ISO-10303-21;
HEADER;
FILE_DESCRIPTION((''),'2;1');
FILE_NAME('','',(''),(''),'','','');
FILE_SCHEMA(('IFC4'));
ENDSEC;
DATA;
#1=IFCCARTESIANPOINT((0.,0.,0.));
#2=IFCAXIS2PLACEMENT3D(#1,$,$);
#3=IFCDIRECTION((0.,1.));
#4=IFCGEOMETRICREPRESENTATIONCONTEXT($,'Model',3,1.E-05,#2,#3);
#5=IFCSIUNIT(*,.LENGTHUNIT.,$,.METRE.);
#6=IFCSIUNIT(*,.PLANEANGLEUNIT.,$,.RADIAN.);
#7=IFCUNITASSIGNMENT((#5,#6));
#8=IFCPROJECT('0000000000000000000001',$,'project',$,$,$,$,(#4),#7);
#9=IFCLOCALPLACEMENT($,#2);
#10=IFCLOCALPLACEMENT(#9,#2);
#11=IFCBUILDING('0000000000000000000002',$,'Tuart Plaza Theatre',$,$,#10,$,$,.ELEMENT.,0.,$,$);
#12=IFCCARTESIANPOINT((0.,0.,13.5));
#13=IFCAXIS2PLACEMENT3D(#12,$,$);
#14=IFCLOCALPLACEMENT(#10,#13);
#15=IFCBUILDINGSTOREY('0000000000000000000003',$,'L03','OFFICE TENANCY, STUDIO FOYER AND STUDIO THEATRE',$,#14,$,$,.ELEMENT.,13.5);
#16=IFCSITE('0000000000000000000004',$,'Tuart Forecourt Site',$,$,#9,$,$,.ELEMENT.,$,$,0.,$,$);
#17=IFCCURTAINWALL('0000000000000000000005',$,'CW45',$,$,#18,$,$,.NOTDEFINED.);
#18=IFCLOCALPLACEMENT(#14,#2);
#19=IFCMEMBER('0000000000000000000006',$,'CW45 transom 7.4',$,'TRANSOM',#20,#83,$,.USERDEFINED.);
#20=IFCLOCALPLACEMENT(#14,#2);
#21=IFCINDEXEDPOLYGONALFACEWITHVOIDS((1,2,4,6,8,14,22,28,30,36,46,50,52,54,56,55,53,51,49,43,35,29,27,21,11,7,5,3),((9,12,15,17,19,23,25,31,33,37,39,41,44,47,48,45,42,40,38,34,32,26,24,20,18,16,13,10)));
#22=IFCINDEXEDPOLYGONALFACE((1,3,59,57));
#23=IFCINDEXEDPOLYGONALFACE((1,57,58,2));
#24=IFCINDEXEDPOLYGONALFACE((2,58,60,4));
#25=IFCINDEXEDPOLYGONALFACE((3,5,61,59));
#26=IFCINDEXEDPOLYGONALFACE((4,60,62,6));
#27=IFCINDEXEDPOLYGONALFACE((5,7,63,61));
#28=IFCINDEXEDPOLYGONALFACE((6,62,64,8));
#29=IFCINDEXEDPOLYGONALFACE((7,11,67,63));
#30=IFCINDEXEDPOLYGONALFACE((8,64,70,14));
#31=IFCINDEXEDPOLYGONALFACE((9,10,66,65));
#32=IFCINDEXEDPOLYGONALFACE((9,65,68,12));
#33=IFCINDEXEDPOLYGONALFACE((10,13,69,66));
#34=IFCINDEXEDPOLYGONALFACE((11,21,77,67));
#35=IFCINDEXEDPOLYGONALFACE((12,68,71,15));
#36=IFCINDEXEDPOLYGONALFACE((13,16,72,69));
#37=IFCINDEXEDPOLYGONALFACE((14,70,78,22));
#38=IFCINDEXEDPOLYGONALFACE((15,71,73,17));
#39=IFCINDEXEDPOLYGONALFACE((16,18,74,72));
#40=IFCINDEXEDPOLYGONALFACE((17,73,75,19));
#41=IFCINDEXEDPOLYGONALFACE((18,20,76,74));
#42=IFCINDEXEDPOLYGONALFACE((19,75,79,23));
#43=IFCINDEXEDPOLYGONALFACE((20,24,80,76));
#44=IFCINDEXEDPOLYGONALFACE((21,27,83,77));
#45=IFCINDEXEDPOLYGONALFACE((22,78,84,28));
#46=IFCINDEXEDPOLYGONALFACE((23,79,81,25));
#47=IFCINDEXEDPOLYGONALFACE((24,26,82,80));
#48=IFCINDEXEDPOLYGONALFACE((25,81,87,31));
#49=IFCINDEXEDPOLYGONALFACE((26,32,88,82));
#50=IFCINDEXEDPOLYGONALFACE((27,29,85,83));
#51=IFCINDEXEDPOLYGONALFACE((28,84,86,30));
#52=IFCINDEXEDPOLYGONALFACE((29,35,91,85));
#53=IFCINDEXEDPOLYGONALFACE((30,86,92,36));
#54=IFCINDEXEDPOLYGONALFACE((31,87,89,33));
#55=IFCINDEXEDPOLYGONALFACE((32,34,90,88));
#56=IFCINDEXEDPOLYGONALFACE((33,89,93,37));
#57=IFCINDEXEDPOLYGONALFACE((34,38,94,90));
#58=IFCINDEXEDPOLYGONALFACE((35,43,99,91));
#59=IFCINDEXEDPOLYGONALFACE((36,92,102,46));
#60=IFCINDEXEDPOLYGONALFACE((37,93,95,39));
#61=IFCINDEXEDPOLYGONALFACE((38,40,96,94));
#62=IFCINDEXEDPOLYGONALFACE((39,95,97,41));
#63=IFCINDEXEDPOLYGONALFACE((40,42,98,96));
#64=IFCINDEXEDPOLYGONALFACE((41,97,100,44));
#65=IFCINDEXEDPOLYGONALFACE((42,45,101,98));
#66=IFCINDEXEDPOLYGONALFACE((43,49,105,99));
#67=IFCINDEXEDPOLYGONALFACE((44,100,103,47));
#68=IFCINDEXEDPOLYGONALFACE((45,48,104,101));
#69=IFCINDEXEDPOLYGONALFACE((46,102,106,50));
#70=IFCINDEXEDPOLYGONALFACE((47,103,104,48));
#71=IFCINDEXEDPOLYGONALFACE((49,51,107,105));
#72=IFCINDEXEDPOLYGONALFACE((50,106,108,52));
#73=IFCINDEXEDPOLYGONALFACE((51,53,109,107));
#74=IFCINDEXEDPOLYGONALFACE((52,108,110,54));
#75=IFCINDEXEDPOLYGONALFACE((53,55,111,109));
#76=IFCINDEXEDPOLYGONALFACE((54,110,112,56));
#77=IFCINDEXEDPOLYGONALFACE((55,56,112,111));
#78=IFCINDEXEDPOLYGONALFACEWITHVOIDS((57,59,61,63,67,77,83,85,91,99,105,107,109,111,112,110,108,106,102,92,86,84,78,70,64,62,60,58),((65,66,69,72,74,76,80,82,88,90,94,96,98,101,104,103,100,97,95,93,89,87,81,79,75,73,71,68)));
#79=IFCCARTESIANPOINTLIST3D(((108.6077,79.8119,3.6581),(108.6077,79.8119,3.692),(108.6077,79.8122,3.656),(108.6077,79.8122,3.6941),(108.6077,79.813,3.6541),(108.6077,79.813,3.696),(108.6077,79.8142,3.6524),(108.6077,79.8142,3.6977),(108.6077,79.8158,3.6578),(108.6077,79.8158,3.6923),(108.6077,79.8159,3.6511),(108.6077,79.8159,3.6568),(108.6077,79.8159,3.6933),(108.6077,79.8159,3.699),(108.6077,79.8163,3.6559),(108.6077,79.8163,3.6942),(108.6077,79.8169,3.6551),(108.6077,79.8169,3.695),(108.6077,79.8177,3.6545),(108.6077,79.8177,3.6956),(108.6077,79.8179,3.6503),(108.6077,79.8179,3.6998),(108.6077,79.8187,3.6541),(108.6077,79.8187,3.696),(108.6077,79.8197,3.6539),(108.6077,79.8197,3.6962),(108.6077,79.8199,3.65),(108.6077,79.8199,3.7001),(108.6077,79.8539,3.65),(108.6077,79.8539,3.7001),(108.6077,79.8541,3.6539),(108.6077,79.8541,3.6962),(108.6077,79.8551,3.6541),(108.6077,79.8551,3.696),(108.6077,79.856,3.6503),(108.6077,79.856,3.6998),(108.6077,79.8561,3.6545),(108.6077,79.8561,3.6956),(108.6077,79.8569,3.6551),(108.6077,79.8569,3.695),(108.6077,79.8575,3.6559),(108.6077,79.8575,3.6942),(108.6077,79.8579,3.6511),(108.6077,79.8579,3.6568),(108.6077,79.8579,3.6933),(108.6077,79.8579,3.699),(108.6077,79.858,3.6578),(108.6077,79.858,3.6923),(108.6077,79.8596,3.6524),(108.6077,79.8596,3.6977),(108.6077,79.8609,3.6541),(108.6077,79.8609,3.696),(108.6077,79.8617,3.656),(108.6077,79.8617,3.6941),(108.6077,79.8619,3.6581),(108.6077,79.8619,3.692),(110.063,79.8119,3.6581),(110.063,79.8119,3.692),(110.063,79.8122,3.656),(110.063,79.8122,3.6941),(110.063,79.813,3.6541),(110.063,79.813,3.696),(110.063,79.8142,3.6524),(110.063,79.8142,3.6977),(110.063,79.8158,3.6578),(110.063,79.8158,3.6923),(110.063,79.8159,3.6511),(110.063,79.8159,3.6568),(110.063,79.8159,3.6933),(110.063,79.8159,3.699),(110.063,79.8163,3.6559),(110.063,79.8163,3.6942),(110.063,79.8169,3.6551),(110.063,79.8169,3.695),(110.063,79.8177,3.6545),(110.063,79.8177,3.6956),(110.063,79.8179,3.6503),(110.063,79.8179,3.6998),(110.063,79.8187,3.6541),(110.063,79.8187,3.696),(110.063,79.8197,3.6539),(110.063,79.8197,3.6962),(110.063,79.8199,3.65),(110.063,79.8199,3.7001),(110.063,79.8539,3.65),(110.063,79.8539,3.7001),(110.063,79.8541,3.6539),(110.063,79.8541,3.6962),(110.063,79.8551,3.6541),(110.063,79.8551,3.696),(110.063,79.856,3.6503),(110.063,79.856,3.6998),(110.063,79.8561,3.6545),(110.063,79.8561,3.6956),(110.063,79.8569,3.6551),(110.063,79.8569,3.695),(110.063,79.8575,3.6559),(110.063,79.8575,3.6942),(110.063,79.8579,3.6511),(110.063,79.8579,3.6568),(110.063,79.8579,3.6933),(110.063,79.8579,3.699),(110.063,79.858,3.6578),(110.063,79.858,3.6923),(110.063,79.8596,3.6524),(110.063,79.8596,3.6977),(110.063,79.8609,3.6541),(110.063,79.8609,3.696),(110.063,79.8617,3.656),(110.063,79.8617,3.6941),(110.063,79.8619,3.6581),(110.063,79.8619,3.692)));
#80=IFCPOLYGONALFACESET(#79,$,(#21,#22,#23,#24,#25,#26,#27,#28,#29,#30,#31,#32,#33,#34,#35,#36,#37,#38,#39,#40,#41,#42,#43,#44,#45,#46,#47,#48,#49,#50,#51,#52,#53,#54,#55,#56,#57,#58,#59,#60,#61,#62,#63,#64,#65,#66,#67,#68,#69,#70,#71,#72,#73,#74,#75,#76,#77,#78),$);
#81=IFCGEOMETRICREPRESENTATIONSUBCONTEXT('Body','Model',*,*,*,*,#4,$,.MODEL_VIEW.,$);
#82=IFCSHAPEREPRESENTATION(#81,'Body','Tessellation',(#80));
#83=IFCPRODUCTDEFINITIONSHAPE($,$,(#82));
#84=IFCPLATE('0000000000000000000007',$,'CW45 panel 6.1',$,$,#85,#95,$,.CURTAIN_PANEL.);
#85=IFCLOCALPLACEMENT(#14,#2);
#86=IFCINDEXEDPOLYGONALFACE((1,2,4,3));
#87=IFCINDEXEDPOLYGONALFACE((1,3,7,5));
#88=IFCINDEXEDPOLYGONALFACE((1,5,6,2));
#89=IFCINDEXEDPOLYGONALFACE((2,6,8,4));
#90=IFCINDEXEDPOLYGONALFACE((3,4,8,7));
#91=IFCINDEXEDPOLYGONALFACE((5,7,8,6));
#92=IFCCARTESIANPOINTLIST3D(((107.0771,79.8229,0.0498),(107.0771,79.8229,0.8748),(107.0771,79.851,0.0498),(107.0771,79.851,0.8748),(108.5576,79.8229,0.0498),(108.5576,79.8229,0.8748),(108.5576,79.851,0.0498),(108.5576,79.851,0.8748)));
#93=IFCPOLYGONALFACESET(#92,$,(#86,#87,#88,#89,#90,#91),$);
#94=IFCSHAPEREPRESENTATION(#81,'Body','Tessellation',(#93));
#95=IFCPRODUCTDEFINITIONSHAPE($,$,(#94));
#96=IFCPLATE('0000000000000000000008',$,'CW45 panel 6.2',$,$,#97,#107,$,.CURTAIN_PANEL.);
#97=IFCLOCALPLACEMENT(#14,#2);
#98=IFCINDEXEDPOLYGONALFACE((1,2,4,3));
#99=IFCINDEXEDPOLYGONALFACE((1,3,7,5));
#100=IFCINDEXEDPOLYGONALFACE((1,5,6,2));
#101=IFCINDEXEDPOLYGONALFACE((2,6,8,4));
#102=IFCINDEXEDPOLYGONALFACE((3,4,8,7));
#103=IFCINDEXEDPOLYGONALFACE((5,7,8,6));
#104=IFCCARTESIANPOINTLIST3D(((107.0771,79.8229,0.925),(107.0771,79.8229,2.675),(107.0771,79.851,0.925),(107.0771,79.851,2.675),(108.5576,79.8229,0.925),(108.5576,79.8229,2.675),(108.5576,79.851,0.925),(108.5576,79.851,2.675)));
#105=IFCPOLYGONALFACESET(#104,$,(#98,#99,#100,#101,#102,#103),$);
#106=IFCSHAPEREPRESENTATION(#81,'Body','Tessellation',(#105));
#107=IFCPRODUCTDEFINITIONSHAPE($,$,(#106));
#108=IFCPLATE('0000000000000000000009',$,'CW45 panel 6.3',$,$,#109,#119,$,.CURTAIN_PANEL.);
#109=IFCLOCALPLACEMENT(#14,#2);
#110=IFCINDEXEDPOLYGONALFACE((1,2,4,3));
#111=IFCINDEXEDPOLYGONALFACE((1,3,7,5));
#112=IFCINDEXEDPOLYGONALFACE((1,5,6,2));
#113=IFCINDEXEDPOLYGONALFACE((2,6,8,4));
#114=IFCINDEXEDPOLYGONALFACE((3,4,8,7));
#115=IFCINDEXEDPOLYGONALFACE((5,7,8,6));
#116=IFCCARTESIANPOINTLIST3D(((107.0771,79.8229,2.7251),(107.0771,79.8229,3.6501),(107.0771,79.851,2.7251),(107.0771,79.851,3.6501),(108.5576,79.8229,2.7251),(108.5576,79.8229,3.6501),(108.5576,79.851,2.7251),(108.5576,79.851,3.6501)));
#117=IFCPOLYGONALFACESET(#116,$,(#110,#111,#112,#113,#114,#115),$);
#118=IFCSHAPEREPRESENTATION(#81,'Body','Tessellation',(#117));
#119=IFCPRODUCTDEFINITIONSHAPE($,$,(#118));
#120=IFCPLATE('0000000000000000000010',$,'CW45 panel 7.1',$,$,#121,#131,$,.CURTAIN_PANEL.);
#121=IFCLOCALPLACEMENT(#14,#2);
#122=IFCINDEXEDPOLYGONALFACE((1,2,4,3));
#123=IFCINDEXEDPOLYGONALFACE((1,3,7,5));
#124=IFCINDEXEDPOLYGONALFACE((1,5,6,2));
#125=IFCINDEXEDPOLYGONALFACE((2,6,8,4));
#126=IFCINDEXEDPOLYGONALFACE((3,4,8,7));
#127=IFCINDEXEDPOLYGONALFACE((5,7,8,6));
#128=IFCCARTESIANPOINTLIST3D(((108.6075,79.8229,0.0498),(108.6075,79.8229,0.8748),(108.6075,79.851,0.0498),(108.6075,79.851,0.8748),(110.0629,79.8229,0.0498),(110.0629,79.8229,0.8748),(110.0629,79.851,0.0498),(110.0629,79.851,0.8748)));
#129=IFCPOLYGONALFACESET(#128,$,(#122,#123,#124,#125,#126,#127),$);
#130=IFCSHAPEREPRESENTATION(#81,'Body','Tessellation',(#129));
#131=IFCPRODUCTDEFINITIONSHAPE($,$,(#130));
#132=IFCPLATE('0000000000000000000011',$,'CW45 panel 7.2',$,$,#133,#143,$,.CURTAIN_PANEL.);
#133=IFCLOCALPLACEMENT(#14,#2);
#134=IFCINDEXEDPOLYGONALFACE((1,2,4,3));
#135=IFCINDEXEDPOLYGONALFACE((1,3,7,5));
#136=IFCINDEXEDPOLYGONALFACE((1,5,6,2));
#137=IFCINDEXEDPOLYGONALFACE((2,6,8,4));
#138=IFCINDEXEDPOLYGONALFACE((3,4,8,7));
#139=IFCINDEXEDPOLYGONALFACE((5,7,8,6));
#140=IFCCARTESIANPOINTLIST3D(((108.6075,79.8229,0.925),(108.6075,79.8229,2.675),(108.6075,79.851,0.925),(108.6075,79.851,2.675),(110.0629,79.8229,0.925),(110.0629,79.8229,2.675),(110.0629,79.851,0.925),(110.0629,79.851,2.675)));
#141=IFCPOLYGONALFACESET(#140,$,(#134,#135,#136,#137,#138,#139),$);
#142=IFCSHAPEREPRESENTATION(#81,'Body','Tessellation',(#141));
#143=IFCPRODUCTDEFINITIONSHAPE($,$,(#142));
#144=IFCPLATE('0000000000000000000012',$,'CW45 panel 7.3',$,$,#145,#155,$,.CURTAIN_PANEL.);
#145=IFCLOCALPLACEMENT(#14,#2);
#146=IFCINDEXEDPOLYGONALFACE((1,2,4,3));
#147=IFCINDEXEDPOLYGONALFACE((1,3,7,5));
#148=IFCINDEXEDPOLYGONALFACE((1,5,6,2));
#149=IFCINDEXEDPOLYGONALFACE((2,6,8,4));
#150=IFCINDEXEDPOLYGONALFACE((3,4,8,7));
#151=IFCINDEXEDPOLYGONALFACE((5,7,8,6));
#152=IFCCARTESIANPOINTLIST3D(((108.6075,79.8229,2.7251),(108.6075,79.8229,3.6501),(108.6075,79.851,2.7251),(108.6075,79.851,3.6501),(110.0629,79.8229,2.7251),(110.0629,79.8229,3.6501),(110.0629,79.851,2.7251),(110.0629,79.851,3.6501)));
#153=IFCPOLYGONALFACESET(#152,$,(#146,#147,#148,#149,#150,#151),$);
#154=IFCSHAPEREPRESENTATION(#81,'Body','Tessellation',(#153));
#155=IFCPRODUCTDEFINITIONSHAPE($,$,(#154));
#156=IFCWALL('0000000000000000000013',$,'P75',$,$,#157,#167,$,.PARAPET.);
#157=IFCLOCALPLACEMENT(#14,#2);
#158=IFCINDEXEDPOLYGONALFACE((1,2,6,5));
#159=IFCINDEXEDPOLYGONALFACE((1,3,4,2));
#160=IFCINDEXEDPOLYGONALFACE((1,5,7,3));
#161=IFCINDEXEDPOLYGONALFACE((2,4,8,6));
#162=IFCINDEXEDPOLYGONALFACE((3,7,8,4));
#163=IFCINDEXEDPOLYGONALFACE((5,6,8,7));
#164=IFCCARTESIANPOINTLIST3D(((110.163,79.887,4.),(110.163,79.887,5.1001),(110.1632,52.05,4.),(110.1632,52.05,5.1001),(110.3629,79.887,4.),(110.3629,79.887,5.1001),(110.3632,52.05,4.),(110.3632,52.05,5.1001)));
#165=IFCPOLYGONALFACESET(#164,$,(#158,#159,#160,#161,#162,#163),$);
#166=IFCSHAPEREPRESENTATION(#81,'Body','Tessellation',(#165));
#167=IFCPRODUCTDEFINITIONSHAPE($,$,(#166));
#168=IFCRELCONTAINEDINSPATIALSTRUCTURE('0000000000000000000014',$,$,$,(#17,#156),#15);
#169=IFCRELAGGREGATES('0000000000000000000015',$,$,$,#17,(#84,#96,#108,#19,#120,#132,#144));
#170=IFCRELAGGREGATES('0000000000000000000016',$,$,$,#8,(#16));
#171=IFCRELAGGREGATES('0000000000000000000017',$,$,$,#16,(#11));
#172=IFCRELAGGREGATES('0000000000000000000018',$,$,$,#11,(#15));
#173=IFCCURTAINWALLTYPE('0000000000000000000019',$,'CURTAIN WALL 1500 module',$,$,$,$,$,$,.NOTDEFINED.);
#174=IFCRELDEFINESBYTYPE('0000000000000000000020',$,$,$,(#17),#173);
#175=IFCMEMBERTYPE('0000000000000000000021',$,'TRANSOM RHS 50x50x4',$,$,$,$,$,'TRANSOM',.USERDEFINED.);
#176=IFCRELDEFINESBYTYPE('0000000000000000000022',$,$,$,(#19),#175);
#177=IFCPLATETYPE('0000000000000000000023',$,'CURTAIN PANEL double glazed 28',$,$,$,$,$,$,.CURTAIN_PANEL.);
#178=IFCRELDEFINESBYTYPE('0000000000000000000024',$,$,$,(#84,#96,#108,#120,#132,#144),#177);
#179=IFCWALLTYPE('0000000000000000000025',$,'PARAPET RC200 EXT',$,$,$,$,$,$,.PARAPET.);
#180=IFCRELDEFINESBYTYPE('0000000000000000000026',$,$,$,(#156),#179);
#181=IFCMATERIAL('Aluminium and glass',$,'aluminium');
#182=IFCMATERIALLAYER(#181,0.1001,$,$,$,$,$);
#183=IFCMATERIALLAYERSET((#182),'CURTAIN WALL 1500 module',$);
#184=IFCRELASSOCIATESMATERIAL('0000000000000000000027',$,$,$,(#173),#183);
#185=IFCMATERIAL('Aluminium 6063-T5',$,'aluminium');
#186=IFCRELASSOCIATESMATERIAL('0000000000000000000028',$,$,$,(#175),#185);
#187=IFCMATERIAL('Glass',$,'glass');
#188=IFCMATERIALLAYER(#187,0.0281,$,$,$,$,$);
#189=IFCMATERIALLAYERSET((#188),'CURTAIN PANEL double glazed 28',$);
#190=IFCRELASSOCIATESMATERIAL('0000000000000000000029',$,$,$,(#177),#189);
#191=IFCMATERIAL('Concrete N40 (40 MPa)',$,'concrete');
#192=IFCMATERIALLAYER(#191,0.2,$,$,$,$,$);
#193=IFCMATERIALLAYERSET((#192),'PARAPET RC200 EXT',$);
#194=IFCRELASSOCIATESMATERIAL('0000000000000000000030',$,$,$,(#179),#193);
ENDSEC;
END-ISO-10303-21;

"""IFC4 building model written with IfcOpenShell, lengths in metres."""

from ifc_helpers import new_model, si_unit, direction, frame, frame_2d, origin, origin_2d, place, context, subcontext, project, spatial, rectangle, hollow_rectangle, extrude, material, layer, layer_set, material_profile, profile_set, type_object, element, aggregate, save


model = new_model("IFC4")

# Units and contexts
model_context = context("Model", 3, precision=1e-05, world=origin(), true_north=direction((0.0, 1.0)))
body_context = subcontext(model_context, "Body", "Model", "MODEL_VIEW")
ifc_project = project(units=[si_unit("LENGTHUNIT", "METRE"), si_unit("PLANEANGLEUNIT", "RADIAN")], contexts=[model_context])

# Site, building, storey
site_placement = place(None, origin())
site = spatial("IfcSite", under=ifc_project, at=site_placement, Name="Tuart Forecourt Site", CompositionType="ELEMENT", RefElevation=0.0)
building_placement = place(site_placement, origin())
building = spatial("IfcBuilding", under=site, at=building_placement, Name="Tuart Plaza Theatre", CompositionType="ELEMENT", ElevationOfRefHeight=0.0)
storey_placement = place(building_placement, frame((0.0, 0.0, 13.5)))
storey = spatial("IfcBuildingStorey", under=building, at=storey_placement, Name="L03", Description="OFFICE TENANCY, STUDIO FOYER AND STUDIO THEATRE", CompositionType="ELEMENT", Elevation=13.5)

# Curtain wall
ifc_material_1 = material(Name="Aluminium and glass", Category="aluminium")
ifc_layer_1 = layer(ifc_material_1, 0.1001)
ifc_layer_set_1 = layer_set([ifc_layer_1], Name="CURTAIN WALL 1500 module")
curtain_wall_type_1 = type_object("IfcCurtainWallType", Name="CURTAIN WALL 1500 module", PredefinedType="NOTDEFINED", material=ifc_layer_set_1)
curtain_wall_1_placement = place(storey_placement, origin())
curtain_wall_1 = element("IfcCurtainWall", 1, at=curtain_wall_1_placement, inside=storey, type_object=curtain_wall_type_1, Name="CW45", PredefinedType="NOTDEFINED")

# Member
ifc_material_2 = material(Name="Aluminium 6063-T5", Category="aluminium")
ifc_material_profile_1 = material_profile(ifc_material_2, hollow_rectangle(XDim=0.05, YDim=0.05, WallThickness=0.0039, InnerFilletRadius=0.0039, OuterFilletRadius=0.0081, at=origin_2d()), Name="RHS 50x50x4")
ifc_profile_set_1 = profile_set([ifc_material_profile_1], Name="Aluminium 6063-T5")
member_type_1 = type_object("IfcMemberType", Name="TRANSOM RHS 50x50x4", ElementType="TRANSOM", PredefinedType="USERDEFINED", material=ifc_profile_set_1)
member_1_placement = place(storey_placement, frame((108.6077, 79.8369, 3.675), z_axis=(1.0, 0.0, 0.0), x_axis=(0.0, 1.0, 0.0)))
member_1 = element("IfcMember", 2, at=member_1_placement, type_object=member_type_1, Name="CW45 transom 7.4", ObjectType="TRANSOM", PredefinedType="USERDEFINED", context=body_context, shape_type="SweptSolid", body=[
    extrude(hollow_rectangle(XDim=0.05, YDim=0.05, WallThickness=0.0039, InnerFilletRadius=0.0039, OuterFilletRadius=0.0081, at=origin_2d()), origin(), (0.0, 0.0, 1.0), 1.4553),
])

# Plates
ifc_material_3 = material(Name="Glass", Category="glass")
ifc_layer_2 = layer(ifc_material_3, 0.0281)
ifc_layer_set_2 = layer_set([ifc_layer_2], Name="CURTAIN PANEL double glazed 28")
plate_type = type_object("IfcPlateType", Name="CURTAIN PANEL double glazed 28", PredefinedType="CURTAIN_PANEL", material=ifc_layer_set_2)
plate_1_placement = place(storey_placement, frame((107.8174, 79.8369, 0.0498), z_axis=(0.0, 0.0, 1.0), x_axis=(1.0, 0.0, 0.0)))
plate_1 = element("IfcPlate", 3, at=plate_1_placement, type_object=plate_type, Name="CW45 panel 6.1", PredefinedType="CURTAIN_PANEL", context=body_context, shape_type="SweptSolid", body=[
    extrude(rectangle(XDim=1.4805, YDim=0.0281, at=origin_2d()), origin(), (0.0, 0.0, 1.0), 0.825),
])
plate_2_placement = place(storey_placement, frame((107.8174, 79.8369, 0.925), z_axis=(0.0, 0.0, 1.0), x_axis=(1.0, 0.0, 0.0)))
plate_2 = element("IfcPlate", 4, at=plate_2_placement, type_object=plate_type, Name="CW45 panel 6.2", PredefinedType="CURTAIN_PANEL", context=body_context, shape_type="SweptSolid", body=[
    extrude(rectangle(XDim=1.4805, YDim=0.0281, at=origin_2d()), origin(), (0.0, 0.0, 1.0), 1.75),
])
plate_3_placement = place(storey_placement, frame((107.8174, 79.8369, 2.7251), z_axis=(0.0, 0.0, 1.0), x_axis=(1.0, 0.0, 0.0)))
plate_3 = element("IfcPlate", 5, at=plate_3_placement, type_object=plate_type, Name="CW45 panel 6.3", PredefinedType="CURTAIN_PANEL", context=body_context, shape_type="SweptSolid", body=[
    extrude(rectangle(XDim=1.4805, YDim=0.0281, at=origin_2d()), origin(), (0.0, 0.0, 1.0), 0.925),
])
plate_4_placement = place(storey_placement, frame((109.3352, 79.8369, 0.0498), z_axis=(0.0, 0.0, 1.0), x_axis=(1.0, 0.0, 0.0)))
plate_4 = element("IfcPlate", 6, at=plate_4_placement, type_object=plate_type, Name="CW45 panel 7.1", PredefinedType="CURTAIN_PANEL", context=body_context, shape_type="SweptSolid", body=[
    extrude(rectangle(XDim=1.4553, YDim=0.0281, at=origin_2d()), origin(), (0.0, 0.0, 1.0), 0.825),
])
plate_5_placement = place(storey_placement, frame((109.3352, 79.8369, 0.925), z_axis=(0.0, 0.0, 1.0), x_axis=(1.0, 0.0, 0.0)))
plate_5 = element("IfcPlate", 7, at=plate_5_placement, type_object=plate_type, Name="CW45 panel 7.2", PredefinedType="CURTAIN_PANEL", context=body_context, shape_type="SweptSolid", body=[
    extrude(rectangle(XDim=1.4553, YDim=0.0281, at=origin_2d()), origin(), (0.0, 0.0, 1.0), 1.75),
])
plate_6_placement = place(storey_placement, frame((109.3352, 79.8369, 2.7251), z_axis=(0.0, 0.0, 1.0), x_axis=(1.0, 0.0, 0.0)))
plate_6 = element("IfcPlate", 8, at=plate_6_placement, type_object=plate_type, Name="CW45 panel 7.3", PredefinedType="CURTAIN_PANEL", context=body_context, shape_type="SweptSolid", body=[
    extrude(rectangle(XDim=1.4553, YDim=0.0281, at=origin_2d()), origin(), (0.0, 0.0, 1.0), 0.925),
])
aggregate(curtain_wall_1, [plate_1, plate_2, plate_3, member_1, plate_4, plate_5, plate_6])

# Wall
ifc_material_4 = material(Name="Concrete N40 (40 MPa)", Category="concrete")
ifc_layer_3 = layer(ifc_material_4, 0.2)
ifc_layer_set_3 = layer_set([ifc_layer_3], Name="PARAPET RC200 EXT")
wall_type = type_object("IfcWallType", Name="PARAPET RC200 EXT", PredefinedType="PARAPET", material=ifc_layer_set_3)
wall_placement = place(storey_placement, frame((110.2629, 79.887, 4.0), z_axis=(0.0, 0.0, 1.0), x_axis=(0.000009, -1.0, 0.0)))
element("IfcWall", 9, at=wall_placement, inside=storey, type_object=wall_type, Name="P75", PredefinedType="PARAPET", context=body_context, shape_type="SweptSolid", body=[
    extrude(rectangle(XDim=27.8369, YDim=0.2, at=frame_2d((13.9185, 0.0))), origin(), (0.0, 0.0, 1.0), 1.1001),
])

save(model, "model.ifc")
